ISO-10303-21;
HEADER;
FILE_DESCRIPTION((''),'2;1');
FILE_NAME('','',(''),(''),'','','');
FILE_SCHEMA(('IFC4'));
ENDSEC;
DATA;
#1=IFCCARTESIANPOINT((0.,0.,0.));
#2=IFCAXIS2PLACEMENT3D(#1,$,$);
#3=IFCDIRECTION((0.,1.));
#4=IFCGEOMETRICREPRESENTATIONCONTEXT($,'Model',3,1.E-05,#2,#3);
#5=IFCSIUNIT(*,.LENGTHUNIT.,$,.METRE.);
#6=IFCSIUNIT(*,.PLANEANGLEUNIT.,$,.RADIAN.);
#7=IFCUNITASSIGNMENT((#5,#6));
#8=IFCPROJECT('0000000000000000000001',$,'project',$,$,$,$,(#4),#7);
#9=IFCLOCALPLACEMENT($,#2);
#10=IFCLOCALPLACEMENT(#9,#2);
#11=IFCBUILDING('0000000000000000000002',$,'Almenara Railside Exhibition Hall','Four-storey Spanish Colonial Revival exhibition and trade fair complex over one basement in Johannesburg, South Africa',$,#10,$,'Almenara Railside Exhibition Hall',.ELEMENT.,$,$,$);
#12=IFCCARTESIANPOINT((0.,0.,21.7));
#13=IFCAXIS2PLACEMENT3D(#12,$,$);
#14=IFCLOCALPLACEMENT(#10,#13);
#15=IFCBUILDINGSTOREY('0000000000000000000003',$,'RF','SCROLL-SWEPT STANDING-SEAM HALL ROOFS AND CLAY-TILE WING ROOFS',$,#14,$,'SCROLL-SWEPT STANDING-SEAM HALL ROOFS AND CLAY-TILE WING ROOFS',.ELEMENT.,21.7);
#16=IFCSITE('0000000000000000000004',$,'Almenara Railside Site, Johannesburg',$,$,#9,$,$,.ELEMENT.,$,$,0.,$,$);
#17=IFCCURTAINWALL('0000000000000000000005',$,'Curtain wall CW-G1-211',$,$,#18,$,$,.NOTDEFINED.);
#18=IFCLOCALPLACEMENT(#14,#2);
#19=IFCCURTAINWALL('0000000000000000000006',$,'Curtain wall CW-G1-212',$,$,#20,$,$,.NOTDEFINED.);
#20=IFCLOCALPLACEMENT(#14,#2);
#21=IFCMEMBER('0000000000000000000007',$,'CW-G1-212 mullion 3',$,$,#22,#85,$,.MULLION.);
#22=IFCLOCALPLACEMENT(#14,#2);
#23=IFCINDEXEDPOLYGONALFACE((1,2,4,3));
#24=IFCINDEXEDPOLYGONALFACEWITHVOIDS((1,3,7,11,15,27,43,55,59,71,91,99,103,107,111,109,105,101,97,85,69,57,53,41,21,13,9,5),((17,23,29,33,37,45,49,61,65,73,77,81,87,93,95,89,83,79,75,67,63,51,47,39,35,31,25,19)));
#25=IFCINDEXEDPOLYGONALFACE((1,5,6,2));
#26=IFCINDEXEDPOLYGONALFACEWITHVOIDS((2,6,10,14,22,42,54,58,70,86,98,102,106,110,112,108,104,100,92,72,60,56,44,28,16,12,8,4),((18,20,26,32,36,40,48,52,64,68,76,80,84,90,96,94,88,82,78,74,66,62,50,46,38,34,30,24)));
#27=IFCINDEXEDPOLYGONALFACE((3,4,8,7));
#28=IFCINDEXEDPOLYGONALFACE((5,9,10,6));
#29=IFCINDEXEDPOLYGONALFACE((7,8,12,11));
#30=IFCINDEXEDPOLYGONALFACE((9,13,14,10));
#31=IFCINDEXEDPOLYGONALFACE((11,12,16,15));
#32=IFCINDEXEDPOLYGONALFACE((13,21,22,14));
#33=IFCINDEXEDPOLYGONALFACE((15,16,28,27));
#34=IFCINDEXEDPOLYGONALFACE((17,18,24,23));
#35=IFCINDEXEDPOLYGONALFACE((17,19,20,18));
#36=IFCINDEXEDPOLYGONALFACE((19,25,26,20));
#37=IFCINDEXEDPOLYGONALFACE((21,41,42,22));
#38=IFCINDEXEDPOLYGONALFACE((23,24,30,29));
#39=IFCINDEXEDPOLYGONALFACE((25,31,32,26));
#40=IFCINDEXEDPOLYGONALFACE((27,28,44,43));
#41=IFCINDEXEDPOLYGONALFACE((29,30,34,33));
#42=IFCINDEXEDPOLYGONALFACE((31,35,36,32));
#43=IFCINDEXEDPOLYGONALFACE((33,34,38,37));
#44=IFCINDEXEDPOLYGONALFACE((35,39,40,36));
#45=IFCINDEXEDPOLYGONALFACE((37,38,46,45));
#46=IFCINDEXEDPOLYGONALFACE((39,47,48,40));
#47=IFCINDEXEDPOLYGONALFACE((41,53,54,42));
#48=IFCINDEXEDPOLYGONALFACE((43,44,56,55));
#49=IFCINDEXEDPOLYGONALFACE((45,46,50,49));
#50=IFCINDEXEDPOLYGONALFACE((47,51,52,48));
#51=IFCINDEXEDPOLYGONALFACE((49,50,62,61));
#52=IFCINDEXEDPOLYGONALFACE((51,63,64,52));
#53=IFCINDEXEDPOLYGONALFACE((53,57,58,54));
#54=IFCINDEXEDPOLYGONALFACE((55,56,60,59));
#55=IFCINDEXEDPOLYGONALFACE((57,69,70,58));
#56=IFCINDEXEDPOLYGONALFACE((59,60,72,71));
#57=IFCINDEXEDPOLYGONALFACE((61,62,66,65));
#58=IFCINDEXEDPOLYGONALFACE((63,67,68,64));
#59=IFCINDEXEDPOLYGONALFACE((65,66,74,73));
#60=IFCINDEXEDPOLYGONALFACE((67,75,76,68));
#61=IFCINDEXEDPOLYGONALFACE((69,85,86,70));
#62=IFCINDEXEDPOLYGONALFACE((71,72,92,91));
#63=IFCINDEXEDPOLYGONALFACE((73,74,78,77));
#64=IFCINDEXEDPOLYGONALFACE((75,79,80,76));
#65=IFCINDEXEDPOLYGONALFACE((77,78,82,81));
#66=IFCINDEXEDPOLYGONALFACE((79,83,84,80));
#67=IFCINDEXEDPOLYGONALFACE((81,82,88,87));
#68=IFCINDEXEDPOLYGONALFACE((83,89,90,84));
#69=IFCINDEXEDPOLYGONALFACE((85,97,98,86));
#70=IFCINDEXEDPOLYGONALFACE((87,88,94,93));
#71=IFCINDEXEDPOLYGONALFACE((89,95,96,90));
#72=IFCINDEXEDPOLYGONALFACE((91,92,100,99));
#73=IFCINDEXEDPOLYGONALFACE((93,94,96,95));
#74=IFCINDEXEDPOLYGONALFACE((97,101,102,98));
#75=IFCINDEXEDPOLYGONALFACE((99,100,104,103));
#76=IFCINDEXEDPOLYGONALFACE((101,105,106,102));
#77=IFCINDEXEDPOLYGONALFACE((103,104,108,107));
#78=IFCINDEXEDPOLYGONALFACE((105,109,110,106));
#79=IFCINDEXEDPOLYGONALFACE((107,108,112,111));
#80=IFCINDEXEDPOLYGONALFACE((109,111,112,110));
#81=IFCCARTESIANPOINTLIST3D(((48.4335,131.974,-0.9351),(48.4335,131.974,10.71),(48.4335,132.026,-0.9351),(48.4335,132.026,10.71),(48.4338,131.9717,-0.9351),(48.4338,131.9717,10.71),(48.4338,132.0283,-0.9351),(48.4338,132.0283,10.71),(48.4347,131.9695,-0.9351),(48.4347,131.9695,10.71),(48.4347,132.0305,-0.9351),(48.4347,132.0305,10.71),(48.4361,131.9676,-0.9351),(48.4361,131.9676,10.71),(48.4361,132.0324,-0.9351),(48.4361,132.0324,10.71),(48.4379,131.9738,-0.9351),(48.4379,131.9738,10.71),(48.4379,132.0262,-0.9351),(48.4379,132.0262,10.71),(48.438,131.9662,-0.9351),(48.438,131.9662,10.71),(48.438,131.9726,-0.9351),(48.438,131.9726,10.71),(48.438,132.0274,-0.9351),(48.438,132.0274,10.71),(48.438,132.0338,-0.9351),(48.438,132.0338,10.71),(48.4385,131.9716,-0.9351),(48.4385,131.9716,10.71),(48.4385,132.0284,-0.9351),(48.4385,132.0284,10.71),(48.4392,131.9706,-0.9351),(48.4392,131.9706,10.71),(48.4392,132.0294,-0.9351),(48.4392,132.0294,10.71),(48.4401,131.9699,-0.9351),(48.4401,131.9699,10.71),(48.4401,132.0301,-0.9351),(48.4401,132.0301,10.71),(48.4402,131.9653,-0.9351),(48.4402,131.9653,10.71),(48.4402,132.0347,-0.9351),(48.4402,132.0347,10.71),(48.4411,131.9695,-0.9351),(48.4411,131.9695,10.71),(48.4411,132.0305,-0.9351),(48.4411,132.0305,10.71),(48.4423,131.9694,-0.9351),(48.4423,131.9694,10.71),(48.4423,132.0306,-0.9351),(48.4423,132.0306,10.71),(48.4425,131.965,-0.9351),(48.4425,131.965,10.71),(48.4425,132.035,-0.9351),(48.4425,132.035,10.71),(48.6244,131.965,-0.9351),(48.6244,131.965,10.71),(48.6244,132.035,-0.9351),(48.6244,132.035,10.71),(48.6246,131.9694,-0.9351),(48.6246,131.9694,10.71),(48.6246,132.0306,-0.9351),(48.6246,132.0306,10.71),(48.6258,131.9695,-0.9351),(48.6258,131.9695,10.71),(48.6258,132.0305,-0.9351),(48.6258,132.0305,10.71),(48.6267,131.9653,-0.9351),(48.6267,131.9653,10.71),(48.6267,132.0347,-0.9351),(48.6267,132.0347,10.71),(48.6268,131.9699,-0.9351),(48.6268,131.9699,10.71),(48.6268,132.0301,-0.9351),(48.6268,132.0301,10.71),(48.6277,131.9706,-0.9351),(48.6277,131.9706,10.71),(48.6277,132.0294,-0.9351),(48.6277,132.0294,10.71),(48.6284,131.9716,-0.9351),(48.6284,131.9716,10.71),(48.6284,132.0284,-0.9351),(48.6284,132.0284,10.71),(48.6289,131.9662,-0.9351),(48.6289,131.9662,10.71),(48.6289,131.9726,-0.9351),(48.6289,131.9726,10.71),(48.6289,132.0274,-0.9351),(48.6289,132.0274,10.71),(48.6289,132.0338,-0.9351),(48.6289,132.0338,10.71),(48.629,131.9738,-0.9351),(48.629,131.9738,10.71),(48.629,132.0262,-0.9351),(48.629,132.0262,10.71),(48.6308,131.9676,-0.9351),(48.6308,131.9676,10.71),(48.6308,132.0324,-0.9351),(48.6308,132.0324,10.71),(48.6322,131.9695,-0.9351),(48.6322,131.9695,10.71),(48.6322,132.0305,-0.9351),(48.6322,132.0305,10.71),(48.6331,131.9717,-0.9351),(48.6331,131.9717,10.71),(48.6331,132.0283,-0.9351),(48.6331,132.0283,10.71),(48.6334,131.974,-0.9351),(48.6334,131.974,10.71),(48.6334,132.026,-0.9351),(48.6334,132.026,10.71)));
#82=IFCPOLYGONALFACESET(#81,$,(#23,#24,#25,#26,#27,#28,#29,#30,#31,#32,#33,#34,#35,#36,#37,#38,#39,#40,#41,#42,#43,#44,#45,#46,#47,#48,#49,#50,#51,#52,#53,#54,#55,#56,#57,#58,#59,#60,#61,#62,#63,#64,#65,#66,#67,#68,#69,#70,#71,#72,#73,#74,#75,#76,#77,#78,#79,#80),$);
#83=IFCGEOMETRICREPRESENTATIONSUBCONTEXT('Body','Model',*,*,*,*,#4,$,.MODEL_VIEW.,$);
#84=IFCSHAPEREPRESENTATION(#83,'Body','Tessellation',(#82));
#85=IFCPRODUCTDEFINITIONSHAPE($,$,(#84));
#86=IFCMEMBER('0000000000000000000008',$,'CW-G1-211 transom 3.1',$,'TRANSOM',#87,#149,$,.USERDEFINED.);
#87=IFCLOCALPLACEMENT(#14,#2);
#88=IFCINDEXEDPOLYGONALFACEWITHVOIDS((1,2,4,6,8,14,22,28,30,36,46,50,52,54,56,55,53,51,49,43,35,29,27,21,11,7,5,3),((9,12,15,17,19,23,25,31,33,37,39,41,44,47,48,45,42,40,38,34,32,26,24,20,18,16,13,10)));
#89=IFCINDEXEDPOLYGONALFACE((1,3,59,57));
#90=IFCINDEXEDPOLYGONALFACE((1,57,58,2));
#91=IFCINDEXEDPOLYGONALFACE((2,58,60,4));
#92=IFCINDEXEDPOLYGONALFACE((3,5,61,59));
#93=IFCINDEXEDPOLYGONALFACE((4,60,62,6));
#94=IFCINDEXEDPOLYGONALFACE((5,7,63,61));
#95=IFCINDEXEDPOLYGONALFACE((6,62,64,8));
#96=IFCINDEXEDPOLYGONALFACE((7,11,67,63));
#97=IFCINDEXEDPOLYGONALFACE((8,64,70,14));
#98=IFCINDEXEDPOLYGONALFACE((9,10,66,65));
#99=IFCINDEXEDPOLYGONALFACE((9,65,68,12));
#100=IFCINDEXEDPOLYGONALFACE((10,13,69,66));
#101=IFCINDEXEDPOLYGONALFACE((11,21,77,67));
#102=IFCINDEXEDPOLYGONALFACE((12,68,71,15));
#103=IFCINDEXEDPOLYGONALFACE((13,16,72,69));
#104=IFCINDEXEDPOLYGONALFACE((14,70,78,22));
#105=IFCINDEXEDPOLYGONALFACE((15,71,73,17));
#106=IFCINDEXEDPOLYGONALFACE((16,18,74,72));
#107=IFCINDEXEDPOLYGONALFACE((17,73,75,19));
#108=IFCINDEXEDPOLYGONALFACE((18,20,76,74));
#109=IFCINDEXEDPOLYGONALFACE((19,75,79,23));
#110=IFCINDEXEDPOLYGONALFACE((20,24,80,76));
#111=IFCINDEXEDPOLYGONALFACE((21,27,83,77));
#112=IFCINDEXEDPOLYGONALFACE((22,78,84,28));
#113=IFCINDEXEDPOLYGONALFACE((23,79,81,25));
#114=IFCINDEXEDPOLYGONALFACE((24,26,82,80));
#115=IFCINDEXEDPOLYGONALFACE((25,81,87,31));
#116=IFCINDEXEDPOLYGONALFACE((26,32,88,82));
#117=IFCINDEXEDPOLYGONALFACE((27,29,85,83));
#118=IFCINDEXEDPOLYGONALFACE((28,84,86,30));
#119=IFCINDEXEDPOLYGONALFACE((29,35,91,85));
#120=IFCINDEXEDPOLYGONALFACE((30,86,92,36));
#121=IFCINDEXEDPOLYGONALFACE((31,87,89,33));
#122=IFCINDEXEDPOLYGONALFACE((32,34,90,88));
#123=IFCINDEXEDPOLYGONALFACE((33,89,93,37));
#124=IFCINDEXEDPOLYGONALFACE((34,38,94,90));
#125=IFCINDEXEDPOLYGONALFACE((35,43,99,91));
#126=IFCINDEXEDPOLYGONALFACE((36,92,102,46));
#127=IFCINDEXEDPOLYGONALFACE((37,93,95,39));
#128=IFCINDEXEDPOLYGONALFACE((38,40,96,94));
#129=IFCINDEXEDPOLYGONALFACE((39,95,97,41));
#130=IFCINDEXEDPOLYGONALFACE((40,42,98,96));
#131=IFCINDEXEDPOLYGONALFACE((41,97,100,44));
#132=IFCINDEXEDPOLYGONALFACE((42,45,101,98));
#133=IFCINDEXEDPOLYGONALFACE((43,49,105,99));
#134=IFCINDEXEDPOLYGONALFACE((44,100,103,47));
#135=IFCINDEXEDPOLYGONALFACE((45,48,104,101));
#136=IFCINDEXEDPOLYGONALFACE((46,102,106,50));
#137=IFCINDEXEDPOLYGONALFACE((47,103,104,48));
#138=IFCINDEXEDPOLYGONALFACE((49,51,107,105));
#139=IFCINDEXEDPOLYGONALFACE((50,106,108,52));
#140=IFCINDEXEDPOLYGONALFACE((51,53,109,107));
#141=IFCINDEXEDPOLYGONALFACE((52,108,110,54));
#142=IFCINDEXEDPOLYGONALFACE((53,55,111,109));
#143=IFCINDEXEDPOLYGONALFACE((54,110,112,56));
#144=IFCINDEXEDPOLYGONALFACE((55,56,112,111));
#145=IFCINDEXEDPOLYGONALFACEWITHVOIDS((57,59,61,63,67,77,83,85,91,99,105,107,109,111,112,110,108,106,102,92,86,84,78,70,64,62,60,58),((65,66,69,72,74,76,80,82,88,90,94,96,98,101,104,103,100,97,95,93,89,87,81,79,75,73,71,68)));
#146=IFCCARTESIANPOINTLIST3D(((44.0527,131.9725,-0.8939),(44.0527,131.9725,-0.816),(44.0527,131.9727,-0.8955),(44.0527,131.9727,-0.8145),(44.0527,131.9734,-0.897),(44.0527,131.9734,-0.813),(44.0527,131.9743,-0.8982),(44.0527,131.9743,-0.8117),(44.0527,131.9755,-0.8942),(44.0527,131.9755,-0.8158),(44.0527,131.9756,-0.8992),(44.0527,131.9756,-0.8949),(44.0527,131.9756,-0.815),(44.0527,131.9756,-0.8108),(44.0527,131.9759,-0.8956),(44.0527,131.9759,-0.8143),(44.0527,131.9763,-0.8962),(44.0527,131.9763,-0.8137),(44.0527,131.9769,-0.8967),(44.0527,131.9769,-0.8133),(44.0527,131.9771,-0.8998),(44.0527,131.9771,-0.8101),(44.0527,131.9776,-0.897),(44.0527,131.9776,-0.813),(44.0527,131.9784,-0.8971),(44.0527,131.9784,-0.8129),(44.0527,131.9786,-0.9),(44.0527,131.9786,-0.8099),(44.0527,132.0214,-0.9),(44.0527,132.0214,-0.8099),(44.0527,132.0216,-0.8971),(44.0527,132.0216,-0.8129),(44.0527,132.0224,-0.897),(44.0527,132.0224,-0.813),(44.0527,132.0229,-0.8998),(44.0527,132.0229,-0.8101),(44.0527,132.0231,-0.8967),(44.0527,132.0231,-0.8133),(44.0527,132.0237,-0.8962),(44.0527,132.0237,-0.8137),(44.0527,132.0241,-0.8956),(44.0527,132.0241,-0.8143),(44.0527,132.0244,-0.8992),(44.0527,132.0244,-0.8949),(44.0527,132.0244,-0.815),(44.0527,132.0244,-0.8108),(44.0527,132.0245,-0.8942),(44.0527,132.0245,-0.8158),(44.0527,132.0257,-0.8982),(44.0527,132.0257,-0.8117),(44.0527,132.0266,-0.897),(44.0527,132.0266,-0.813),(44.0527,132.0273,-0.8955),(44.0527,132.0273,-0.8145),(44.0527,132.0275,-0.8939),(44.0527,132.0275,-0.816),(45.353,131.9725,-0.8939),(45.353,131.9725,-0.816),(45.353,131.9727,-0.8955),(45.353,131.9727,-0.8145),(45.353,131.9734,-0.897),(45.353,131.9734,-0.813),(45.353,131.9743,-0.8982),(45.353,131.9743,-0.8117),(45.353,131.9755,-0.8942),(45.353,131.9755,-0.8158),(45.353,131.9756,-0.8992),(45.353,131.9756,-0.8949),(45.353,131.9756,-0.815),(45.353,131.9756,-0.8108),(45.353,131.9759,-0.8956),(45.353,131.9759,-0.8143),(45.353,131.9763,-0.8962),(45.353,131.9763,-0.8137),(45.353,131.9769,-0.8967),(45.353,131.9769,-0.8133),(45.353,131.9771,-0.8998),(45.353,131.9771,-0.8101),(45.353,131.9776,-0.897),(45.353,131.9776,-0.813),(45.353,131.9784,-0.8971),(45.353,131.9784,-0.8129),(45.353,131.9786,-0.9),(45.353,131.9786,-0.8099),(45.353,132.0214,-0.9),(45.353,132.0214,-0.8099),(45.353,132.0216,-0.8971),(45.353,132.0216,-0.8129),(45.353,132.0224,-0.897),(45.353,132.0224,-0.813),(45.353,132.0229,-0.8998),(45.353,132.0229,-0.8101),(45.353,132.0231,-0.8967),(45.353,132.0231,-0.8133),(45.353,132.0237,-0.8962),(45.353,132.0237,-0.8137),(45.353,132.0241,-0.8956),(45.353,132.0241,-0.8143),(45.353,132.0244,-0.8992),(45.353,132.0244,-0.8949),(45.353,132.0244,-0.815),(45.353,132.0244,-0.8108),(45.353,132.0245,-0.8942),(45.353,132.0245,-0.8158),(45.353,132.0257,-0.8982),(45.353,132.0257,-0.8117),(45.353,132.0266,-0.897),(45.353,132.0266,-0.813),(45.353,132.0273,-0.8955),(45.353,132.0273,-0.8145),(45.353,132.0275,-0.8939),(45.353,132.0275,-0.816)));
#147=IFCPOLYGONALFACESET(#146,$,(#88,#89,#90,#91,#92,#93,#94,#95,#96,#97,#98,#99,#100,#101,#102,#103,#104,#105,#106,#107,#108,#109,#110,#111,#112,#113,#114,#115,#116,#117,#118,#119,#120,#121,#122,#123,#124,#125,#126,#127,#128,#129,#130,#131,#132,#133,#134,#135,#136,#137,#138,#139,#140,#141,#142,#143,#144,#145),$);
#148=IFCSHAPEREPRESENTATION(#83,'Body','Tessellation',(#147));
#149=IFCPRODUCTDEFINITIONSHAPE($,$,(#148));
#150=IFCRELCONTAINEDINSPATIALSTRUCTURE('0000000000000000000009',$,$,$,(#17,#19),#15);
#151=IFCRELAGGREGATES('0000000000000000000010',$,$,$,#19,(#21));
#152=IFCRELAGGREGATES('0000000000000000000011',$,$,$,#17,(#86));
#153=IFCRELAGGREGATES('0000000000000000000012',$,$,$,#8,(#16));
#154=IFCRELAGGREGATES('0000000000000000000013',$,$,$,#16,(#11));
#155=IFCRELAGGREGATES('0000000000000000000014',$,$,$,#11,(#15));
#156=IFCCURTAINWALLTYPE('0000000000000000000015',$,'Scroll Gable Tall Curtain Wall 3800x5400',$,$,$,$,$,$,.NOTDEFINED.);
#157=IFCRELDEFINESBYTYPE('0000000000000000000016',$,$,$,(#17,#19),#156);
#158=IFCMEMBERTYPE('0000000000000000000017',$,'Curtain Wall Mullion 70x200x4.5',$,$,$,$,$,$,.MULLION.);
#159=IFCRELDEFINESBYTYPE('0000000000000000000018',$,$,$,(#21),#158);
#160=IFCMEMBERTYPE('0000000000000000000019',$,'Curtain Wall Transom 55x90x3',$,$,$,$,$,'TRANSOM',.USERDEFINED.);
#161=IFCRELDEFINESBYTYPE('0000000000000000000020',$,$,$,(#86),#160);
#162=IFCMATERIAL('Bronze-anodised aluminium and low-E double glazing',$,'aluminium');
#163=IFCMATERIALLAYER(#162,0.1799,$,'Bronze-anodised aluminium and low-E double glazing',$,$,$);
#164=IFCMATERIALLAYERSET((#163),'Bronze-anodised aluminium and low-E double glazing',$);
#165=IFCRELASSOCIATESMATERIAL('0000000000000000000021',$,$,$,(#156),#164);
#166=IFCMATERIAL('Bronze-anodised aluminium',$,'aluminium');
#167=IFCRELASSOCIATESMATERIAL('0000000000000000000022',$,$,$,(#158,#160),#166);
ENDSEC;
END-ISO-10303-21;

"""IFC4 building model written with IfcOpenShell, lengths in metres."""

from ifc_helpers import new_model, si_unit, direction, frame, origin, origin_2d, place, context, subcontext, project, spatial, hollow_rectangle, extrude, material, layer, layer_set, material_profile, profile_set, type_object, element, aggregate, save


model = new_model("IFC4")

# Units and contexts
model_context = context("Model", 3, precision=1e-05, world=origin(), true_north=direction((0.0, 1.0)))
body_context = subcontext(model_context, "Body", "Model", "MODEL_VIEW")
ifc_project = project(units=[si_unit("LENGTHUNIT", "METRE"), si_unit("PLANEANGLEUNIT", "RADIAN")], contexts=[model_context])

# Site, building, storey
site_placement = place(None, origin())
site = spatial("IfcSite", under=ifc_project, at=site_placement, Name="Almenara Railside Site, Johannesburg", CompositionType="ELEMENT", RefElevation=0.0)
building_placement = place(site_placement, origin())
building = spatial("IfcBuilding", under=site, at=building_placement, Name="Almenara Railside Exhibition Hall", Description="Four-storey Spanish Colonial Revival exhibition and trade fair complex over one basement in Johannesburg, South Africa", LongName="Almenara Railside Exhibition Hall", CompositionType="ELEMENT")
storey_placement = place(building_placement, frame((0.0, 0.0, 21.7)))
storey = spatial("IfcBuildingStorey", under=building, at=storey_placement, Name="RF", Description="SCROLL-SWEPT STANDING-SEAM HALL ROOFS AND CLAY-TILE WING ROOFS", LongName="SCROLL-SWEPT STANDING-SEAM HALL ROOFS AND CLAY-TILE WING ROOFS", CompositionType="ELEMENT", Elevation=21.7)

# Curtain wall
ifc_material_1 = material(Name="Bronze-anodised aluminium and low-E double glazing", Category="aluminium")
ifc_layer_1 = layer(ifc_material_1, 0.1799, Name="Bronze-anodised aluminium and low-E double glazing")
ifc_layer_set_1 = layer_set([ifc_layer_1], Name="Bronze-anodised aluminium and low-E double glazing")
curtain_wall_type = type_object("IfcCurtainWallType", Name="Scroll Gable Tall Curtain Wall 3800x5400", PredefinedType="NOTDEFINED", material=ifc_layer_set_1)
curtain_wall_1_placement = place(storey_placement, origin())
curtain_wall_1 = element("IfcCurtainWall", 1, at=curtain_wall_1_placement, inside=storey, type_object=curtain_wall_type, Name="Curtain wall CW-G1-211", PredefinedType="NOTDEFINED")
ifc_material_2 = material(Name="Bronze-anodised aluminium", Category="aluminium")

# Curtain wall, member
curtain_wall_2_placement = place(storey_placement, origin())
curtain_wall_2 = element("IfcCurtainWall", 2, at=curtain_wall_2_placement, inside=storey, type_object=curtain_wall_type, Name="Curtain wall CW-G1-212", PredefinedType="NOTDEFINED")
ifc_material_profile_1 = material_profile(ifc_material_2, hollow_rectangle(XDim=0.0701, YDim=0.2, WallThickness=0.0044, InnerFilletRadius=0.0044, OuterFilletRadius=0.009, at=origin_2d()), Name="ALU-MUL 70x200x4.5")
ifc_profile_set_1 = profile_set([ifc_material_profile_1], Name="Bronze-anodised aluminium")
member_type_1 = type_object("IfcMemberType", Name="Curtain Wall Mullion 70x200x4.5", PredefinedType="MULLION", material=ifc_profile_set_1)
member_1_placement = place(storey_placement, frame((48.5334, 132.0, -0.9351), z_axis=(0.0, 0.0, 1.0), x_axis=(0.0, 1.0, 0.0)))
member_1 = element("IfcMember", 3, at=member_1_placement, type_object=member_type_1, Name="CW-G1-212 mullion 3", PredefinedType="MULLION", context=body_context, shape_type="SweptSolid", body=[
    extrude(hollow_rectangle(XDim=0.0701, YDim=0.2, WallThickness=0.0044, InnerFilletRadius=0.0044, OuterFilletRadius=0.009, at=origin_2d()), origin(), (0.0, 0.0, 1.0), 11.645),
])

# Member
ifc_material_profile_2 = material_profile(ifc_material_2, hollow_rectangle(XDim=0.0549, YDim=0.0901, WallThickness=0.0029, InnerFilletRadius=0.0029, OuterFilletRadius=0.0061, at=origin_2d()), Name="ALU-TRN 55x90x3")
ifc_profile_set_2 = profile_set([ifc_material_profile_2], Name="Bronze-anodised aluminium")
member_type_2 = type_object("IfcMemberType", Name="Curtain Wall Transom 55x90x3", ElementType="TRANSOM", PredefinedType="USERDEFINED", material=ifc_profile_set_2)
member_2_placement = place(storey_placement, frame((44.0527, 132.0, -0.855), z_axis=(1.0, 0.0, 0.0), x_axis=(0.0, 1.0, 0.0)))
member_2 = element("IfcMember", 4, at=member_2_placement, type_object=member_type_2, Name="CW-G1-211 transom 3.1", ObjectType="TRANSOM", PredefinedType="USERDEFINED", context=body_context, shape_type="SweptSolid", body=[
    extrude(hollow_rectangle(XDim=0.0549, YDim=0.0901, WallThickness=0.0029, InnerFilletRadius=0.0029, OuterFilletRadius=0.0061, at=origin_2d()), origin(), (0.0, 0.0, 1.0), 1.3003),
])

aggregate(curtain_wall_2, [member_1])
aggregate(curtain_wall_1, [member_2])

save(model, "model.ifc")
